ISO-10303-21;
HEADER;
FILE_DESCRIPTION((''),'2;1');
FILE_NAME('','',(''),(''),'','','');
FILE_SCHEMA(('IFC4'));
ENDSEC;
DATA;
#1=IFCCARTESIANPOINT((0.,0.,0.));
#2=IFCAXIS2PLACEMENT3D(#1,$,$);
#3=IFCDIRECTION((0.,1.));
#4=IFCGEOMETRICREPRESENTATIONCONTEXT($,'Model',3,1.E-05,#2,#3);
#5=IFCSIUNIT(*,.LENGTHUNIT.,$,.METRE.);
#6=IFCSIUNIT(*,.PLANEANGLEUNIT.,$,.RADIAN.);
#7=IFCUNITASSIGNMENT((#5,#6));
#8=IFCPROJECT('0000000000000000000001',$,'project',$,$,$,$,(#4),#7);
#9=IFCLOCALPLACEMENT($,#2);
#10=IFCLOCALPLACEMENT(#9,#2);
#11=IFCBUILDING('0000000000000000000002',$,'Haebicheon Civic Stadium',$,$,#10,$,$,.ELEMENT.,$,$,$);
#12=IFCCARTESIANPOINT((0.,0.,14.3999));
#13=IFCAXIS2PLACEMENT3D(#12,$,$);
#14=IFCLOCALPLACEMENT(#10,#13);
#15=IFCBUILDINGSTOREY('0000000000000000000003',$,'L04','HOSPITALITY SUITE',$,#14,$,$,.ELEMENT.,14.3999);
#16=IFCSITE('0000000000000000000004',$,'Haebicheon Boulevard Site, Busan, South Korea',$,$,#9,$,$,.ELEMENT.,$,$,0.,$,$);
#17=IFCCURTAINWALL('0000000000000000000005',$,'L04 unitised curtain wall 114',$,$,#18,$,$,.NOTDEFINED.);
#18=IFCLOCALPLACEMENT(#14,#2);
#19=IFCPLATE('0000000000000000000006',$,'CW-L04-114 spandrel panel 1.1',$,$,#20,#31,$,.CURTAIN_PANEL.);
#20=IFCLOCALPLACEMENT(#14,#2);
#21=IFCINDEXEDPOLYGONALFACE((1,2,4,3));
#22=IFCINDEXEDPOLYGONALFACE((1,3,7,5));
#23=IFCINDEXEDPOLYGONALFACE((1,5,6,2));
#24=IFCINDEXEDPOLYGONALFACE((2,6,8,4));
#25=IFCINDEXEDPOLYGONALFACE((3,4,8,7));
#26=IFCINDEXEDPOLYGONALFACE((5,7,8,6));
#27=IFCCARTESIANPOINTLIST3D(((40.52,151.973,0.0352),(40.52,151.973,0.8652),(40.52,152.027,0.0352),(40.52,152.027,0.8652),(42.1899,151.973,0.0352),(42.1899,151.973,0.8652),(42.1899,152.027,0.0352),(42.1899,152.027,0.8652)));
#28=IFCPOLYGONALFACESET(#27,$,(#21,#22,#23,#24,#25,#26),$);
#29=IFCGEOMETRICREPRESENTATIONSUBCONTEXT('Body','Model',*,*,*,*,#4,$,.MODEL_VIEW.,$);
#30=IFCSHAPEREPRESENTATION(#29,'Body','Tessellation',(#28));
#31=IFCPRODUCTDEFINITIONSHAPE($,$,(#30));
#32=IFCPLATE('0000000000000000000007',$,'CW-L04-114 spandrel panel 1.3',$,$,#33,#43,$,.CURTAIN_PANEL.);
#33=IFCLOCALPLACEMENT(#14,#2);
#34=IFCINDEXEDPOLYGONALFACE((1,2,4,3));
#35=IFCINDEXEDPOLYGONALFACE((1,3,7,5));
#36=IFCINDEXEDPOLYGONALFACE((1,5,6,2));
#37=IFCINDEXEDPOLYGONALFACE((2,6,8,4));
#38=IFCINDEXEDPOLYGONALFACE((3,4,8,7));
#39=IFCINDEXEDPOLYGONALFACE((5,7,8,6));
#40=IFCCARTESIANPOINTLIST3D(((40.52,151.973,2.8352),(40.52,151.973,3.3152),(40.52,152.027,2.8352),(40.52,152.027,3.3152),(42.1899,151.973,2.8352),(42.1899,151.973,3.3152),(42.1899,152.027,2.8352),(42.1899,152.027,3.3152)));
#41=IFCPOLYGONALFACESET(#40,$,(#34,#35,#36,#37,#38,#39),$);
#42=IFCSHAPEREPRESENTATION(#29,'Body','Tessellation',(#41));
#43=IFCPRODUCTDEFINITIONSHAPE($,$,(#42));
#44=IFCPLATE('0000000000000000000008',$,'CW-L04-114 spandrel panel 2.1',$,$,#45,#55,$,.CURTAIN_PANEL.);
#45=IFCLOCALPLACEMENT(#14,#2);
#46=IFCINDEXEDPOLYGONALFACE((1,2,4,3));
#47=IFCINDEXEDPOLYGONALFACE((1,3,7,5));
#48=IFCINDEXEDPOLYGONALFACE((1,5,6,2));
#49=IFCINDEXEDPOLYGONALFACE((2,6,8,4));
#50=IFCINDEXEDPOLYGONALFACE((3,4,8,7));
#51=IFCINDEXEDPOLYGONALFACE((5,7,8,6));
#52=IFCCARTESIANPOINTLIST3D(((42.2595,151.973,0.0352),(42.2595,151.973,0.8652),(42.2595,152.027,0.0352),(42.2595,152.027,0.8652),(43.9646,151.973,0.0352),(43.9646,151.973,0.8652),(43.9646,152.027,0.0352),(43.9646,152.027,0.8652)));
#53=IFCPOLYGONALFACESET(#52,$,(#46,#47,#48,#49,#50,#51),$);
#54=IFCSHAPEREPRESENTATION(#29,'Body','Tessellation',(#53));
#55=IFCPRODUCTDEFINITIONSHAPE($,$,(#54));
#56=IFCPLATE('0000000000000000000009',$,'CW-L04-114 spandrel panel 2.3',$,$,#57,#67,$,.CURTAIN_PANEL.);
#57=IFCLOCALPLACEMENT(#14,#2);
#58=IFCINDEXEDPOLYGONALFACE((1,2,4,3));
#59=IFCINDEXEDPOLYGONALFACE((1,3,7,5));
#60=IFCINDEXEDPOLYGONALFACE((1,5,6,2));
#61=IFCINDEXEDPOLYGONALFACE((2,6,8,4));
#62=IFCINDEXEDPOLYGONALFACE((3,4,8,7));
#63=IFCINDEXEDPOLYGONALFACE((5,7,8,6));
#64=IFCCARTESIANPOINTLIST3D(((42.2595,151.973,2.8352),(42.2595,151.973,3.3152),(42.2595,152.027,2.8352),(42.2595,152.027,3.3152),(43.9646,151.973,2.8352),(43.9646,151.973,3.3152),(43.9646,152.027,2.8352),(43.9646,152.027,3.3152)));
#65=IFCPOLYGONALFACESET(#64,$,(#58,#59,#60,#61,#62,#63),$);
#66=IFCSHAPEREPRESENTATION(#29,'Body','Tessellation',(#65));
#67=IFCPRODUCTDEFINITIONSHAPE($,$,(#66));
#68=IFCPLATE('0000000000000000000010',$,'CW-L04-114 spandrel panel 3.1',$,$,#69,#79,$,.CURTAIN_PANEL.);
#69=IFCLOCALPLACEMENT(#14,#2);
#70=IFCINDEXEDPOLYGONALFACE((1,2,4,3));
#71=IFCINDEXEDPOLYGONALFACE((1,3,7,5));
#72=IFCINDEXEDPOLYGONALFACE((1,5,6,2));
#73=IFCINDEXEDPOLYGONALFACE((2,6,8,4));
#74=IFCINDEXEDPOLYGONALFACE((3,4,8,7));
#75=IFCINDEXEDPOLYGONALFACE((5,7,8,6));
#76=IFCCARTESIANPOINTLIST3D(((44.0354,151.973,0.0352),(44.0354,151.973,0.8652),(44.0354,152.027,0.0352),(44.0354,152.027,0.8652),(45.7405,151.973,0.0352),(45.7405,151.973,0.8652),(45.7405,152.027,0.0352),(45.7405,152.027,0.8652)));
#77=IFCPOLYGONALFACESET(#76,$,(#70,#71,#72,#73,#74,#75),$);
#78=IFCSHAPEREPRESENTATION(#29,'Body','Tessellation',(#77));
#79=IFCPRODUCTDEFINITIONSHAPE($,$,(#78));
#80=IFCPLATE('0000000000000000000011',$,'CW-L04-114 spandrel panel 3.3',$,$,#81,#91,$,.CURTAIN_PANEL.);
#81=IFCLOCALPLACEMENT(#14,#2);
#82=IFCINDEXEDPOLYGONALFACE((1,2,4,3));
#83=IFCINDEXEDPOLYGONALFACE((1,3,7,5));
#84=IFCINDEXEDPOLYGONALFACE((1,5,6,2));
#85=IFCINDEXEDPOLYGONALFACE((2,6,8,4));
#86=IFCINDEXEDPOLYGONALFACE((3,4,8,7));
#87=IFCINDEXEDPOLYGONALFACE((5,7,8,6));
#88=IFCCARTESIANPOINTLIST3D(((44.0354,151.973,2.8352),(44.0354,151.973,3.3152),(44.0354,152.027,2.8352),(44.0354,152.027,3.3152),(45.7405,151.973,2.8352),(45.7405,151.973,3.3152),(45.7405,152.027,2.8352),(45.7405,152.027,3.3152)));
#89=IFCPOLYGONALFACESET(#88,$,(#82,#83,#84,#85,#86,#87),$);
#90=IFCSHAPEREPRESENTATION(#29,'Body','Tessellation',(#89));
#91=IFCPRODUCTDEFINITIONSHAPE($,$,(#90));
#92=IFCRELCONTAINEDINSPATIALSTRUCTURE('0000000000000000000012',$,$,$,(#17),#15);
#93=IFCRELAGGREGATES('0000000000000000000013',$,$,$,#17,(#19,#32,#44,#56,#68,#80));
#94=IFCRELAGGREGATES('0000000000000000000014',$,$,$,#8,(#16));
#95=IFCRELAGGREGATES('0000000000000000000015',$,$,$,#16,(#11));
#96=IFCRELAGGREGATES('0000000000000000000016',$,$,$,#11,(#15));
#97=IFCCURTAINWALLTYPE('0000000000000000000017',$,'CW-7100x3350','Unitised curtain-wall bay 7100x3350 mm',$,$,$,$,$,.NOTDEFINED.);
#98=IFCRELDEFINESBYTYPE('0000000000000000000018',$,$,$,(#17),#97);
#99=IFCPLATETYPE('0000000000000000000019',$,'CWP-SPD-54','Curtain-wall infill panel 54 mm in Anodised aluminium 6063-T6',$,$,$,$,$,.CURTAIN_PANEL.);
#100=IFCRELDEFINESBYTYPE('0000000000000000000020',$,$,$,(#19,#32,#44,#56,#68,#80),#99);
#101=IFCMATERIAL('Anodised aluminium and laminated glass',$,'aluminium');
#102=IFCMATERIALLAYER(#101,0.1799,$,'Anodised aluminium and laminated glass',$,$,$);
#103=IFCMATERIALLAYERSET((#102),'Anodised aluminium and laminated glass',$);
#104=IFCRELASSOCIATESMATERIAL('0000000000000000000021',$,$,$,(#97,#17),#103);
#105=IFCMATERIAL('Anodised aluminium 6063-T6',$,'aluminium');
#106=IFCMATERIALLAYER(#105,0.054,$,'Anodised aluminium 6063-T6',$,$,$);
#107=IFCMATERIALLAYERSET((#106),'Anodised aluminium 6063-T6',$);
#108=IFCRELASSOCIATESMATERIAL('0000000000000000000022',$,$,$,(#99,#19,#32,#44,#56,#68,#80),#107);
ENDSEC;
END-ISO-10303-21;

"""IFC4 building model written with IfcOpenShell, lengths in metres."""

from ifc_helpers import new_model, si_unit, direction, frame, origin, origin_2d, place, context, subcontext, project, spatial, rectangle, extrude, material, layer, layer_set, type_object, element, aggregate, save


model = new_model("IFC4")

# Units and contexts
model_context = context("Model", 3, precision=1e-05, world=origin(), true_north=direction((0.0, 1.0)))
body_context = subcontext(model_context, "Body", "Model", "MODEL_VIEW")
ifc_project = project(units=[si_unit("LENGTHUNIT", "METRE"), si_unit("PLANEANGLEUNIT", "RADIAN")], contexts=[model_context])

# Site, building, storey
site_placement = place(None, origin())
site = spatial("IfcSite", under=ifc_project, at=site_placement, Name="Haebicheon Boulevard Site, Busan, South Korea", CompositionType="ELEMENT", RefElevation=0.0)
building_placement = place(site_placement, origin())
building = spatial("IfcBuilding", under=site, at=building_placement, Name="Haebicheon Civic Stadium", CompositionType="ELEMENT")
storey_placement = place(building_placement, frame((0.0, 0.0, 14.3999)))
storey = spatial("IfcBuildingStorey", under=building, at=storey_placement, Name="L04", Description="HOSPITALITY SUITE", CompositionType="ELEMENT", Elevation=14.3999)

# Curtain wall, plates
ifc_material_1 = material(Name="Anodised aluminium and laminated glass", Category="aluminium")
ifc_layer_1 = layer(ifc_material_1, 0.1799, Name="Anodised aluminium and laminated glass")
ifc_layer_set_1 = layer_set([ifc_layer_1], Name="Anodised aluminium and laminated glass")
curtain_wall_type = type_object("IfcCurtainWallType", Name="CW-7100x3350", Description="Unitised curtain-wall bay 7100x3350 mm", PredefinedType="NOTDEFINED", material=ifc_layer_set_1)
curtain_wall_placement = place(storey_placement, origin())
curtain_wall = element("IfcCurtainWall", 1, at=curtain_wall_placement, inside=storey, type_object=curtain_wall_type, material=ifc_layer_set_1, Name="L04 unitised curtain wall 114", PredefinedType="NOTDEFINED")
ifc_material_2 = material(Name="Anodised aluminium 6063-T6", Category="aluminium")
ifc_layer_2 = layer(ifc_material_2, 0.054, Name="Anodised aluminium 6063-T6")
ifc_layer_set_2 = layer_set([ifc_layer_2], Name="Anodised aluminium 6063-T6")
plate_type_1 = type_object("IfcPlateType", Name="CWP-SPD-54", Description="Curtain-wall infill panel 54 mm in Anodised aluminium 6063-T6", PredefinedType="CURTAIN_PANEL", material=ifc_layer_set_2)
plate_1_placement = place(storey_placement, frame((41.355, 152.0, 0.0352), z_axis=(0.0, 0.0, 1.0), x_axis=(1.0, 0.0, 0.0)))
plate_1 = element("IfcPlate", 2, at=plate_1_placement, type_object=plate_type_1, material=ifc_layer_set_2, Name="CW-L04-114 spandrel panel 1.1", PredefinedType="CURTAIN_PANEL", context=body_context, shape_type="SweptSolid", body=[
    extrude(rectangle(XDim=1.6699, YDim=0.054, at=origin_2d()), origin(), (0.0, 0.0, 1.0), 0.8301),
])
plate_2_placement = place(storey_placement, frame((41.355, 152.0, 2.8352), z_axis=(0.0, 0.0, 1.0), x_axis=(1.0, 0.0, 0.0)))
plate_2 = element("IfcPlate", 3, at=plate_2_placement, type_object=plate_type_1, material=ifc_layer_set_2, Name="CW-L04-114 spandrel panel 1.3", PredefinedType="CURTAIN_PANEL", context=body_context, shape_type="SweptSolid", body=[
    extrude(rectangle(XDim=1.6699, YDim=0.054, at=origin_2d()), origin(), (0.0, 0.0, 1.0), 0.48),
])
plate_3_placement = place(storey_placement, frame((43.1121, 152.0, 0.0352), z_axis=(0.0, 0.0, 1.0), x_axis=(1.0, 0.0, 0.0)))
plate_3 = element("IfcPlate", 4, at=plate_3_placement, type_object=plate_type_1, material=ifc_layer_set_2, Name="CW-L04-114 spandrel panel 2.1", PredefinedType="CURTAIN_PANEL", context=body_context, shape_type="SweptSolid", body=[
    extrude(rectangle(XDim=1.7051, YDim=0.054, at=origin_2d()), origin(), (0.0, 0.0, 1.0), 0.8301),
])
plate_4_placement = place(storey_placement, frame((43.1121, 152.0, 2.8352), z_axis=(0.0, 0.0, 1.0), x_axis=(1.0, 0.0, 0.0)))
plate_4 = element("IfcPlate", 5, at=plate_4_placement, type_object=plate_type_1, material=ifc_layer_set_2, Name="CW-L04-114 spandrel panel 2.3", PredefinedType="CURTAIN_PANEL", context=body_context, shape_type="SweptSolid", body=[
    extrude(rectangle(XDim=1.7051, YDim=0.054, at=origin_2d()), origin(), (0.0, 0.0, 1.0), 0.48),
])
plate_5_placement = place(storey_placement, frame((44.8879, 152.0, 0.0352), z_axis=(0.0, 0.0, 1.0), x_axis=(1.0, 0.0, 0.0)))
plate_5 = element("IfcPlate", 6, at=plate_5_placement, type_object=plate_type_1, material=ifc_layer_set_2, Name="CW-L04-114 spandrel panel 3.1", PredefinedType="CURTAIN_PANEL", context=body_context, shape_type="SweptSolid", body=[
    extrude(rectangle(XDim=1.7051, YDim=0.054, at=origin_2d()), origin(), (0.0, 0.0, 1.0), 0.8301),
])
plate_6_placement = place(storey_placement, frame((44.8879, 152.0, 2.8352), z_axis=(0.0, 0.0, 1.0), x_axis=(1.0, 0.0, 0.0)))
plate_6 = element("IfcPlate", 7, at=plate_6_placement, type_object=plate_type_1, material=ifc_layer_set_2, Name="CW-L04-114 spandrel panel 3.3", PredefinedType="CURTAIN_PANEL", context=body_context, shape_type="SweptSolid", body=[
    extrude(rectangle(XDim=1.7051, YDim=0.054, at=origin_2d()), origin(), (0.0, 0.0, 1.0), 0.48),
])
aggregate(curtain_wall, [plate_1, plate_2, plate_3, plate_4, plate_5, plate_6])

save(model, "model.ifc")
